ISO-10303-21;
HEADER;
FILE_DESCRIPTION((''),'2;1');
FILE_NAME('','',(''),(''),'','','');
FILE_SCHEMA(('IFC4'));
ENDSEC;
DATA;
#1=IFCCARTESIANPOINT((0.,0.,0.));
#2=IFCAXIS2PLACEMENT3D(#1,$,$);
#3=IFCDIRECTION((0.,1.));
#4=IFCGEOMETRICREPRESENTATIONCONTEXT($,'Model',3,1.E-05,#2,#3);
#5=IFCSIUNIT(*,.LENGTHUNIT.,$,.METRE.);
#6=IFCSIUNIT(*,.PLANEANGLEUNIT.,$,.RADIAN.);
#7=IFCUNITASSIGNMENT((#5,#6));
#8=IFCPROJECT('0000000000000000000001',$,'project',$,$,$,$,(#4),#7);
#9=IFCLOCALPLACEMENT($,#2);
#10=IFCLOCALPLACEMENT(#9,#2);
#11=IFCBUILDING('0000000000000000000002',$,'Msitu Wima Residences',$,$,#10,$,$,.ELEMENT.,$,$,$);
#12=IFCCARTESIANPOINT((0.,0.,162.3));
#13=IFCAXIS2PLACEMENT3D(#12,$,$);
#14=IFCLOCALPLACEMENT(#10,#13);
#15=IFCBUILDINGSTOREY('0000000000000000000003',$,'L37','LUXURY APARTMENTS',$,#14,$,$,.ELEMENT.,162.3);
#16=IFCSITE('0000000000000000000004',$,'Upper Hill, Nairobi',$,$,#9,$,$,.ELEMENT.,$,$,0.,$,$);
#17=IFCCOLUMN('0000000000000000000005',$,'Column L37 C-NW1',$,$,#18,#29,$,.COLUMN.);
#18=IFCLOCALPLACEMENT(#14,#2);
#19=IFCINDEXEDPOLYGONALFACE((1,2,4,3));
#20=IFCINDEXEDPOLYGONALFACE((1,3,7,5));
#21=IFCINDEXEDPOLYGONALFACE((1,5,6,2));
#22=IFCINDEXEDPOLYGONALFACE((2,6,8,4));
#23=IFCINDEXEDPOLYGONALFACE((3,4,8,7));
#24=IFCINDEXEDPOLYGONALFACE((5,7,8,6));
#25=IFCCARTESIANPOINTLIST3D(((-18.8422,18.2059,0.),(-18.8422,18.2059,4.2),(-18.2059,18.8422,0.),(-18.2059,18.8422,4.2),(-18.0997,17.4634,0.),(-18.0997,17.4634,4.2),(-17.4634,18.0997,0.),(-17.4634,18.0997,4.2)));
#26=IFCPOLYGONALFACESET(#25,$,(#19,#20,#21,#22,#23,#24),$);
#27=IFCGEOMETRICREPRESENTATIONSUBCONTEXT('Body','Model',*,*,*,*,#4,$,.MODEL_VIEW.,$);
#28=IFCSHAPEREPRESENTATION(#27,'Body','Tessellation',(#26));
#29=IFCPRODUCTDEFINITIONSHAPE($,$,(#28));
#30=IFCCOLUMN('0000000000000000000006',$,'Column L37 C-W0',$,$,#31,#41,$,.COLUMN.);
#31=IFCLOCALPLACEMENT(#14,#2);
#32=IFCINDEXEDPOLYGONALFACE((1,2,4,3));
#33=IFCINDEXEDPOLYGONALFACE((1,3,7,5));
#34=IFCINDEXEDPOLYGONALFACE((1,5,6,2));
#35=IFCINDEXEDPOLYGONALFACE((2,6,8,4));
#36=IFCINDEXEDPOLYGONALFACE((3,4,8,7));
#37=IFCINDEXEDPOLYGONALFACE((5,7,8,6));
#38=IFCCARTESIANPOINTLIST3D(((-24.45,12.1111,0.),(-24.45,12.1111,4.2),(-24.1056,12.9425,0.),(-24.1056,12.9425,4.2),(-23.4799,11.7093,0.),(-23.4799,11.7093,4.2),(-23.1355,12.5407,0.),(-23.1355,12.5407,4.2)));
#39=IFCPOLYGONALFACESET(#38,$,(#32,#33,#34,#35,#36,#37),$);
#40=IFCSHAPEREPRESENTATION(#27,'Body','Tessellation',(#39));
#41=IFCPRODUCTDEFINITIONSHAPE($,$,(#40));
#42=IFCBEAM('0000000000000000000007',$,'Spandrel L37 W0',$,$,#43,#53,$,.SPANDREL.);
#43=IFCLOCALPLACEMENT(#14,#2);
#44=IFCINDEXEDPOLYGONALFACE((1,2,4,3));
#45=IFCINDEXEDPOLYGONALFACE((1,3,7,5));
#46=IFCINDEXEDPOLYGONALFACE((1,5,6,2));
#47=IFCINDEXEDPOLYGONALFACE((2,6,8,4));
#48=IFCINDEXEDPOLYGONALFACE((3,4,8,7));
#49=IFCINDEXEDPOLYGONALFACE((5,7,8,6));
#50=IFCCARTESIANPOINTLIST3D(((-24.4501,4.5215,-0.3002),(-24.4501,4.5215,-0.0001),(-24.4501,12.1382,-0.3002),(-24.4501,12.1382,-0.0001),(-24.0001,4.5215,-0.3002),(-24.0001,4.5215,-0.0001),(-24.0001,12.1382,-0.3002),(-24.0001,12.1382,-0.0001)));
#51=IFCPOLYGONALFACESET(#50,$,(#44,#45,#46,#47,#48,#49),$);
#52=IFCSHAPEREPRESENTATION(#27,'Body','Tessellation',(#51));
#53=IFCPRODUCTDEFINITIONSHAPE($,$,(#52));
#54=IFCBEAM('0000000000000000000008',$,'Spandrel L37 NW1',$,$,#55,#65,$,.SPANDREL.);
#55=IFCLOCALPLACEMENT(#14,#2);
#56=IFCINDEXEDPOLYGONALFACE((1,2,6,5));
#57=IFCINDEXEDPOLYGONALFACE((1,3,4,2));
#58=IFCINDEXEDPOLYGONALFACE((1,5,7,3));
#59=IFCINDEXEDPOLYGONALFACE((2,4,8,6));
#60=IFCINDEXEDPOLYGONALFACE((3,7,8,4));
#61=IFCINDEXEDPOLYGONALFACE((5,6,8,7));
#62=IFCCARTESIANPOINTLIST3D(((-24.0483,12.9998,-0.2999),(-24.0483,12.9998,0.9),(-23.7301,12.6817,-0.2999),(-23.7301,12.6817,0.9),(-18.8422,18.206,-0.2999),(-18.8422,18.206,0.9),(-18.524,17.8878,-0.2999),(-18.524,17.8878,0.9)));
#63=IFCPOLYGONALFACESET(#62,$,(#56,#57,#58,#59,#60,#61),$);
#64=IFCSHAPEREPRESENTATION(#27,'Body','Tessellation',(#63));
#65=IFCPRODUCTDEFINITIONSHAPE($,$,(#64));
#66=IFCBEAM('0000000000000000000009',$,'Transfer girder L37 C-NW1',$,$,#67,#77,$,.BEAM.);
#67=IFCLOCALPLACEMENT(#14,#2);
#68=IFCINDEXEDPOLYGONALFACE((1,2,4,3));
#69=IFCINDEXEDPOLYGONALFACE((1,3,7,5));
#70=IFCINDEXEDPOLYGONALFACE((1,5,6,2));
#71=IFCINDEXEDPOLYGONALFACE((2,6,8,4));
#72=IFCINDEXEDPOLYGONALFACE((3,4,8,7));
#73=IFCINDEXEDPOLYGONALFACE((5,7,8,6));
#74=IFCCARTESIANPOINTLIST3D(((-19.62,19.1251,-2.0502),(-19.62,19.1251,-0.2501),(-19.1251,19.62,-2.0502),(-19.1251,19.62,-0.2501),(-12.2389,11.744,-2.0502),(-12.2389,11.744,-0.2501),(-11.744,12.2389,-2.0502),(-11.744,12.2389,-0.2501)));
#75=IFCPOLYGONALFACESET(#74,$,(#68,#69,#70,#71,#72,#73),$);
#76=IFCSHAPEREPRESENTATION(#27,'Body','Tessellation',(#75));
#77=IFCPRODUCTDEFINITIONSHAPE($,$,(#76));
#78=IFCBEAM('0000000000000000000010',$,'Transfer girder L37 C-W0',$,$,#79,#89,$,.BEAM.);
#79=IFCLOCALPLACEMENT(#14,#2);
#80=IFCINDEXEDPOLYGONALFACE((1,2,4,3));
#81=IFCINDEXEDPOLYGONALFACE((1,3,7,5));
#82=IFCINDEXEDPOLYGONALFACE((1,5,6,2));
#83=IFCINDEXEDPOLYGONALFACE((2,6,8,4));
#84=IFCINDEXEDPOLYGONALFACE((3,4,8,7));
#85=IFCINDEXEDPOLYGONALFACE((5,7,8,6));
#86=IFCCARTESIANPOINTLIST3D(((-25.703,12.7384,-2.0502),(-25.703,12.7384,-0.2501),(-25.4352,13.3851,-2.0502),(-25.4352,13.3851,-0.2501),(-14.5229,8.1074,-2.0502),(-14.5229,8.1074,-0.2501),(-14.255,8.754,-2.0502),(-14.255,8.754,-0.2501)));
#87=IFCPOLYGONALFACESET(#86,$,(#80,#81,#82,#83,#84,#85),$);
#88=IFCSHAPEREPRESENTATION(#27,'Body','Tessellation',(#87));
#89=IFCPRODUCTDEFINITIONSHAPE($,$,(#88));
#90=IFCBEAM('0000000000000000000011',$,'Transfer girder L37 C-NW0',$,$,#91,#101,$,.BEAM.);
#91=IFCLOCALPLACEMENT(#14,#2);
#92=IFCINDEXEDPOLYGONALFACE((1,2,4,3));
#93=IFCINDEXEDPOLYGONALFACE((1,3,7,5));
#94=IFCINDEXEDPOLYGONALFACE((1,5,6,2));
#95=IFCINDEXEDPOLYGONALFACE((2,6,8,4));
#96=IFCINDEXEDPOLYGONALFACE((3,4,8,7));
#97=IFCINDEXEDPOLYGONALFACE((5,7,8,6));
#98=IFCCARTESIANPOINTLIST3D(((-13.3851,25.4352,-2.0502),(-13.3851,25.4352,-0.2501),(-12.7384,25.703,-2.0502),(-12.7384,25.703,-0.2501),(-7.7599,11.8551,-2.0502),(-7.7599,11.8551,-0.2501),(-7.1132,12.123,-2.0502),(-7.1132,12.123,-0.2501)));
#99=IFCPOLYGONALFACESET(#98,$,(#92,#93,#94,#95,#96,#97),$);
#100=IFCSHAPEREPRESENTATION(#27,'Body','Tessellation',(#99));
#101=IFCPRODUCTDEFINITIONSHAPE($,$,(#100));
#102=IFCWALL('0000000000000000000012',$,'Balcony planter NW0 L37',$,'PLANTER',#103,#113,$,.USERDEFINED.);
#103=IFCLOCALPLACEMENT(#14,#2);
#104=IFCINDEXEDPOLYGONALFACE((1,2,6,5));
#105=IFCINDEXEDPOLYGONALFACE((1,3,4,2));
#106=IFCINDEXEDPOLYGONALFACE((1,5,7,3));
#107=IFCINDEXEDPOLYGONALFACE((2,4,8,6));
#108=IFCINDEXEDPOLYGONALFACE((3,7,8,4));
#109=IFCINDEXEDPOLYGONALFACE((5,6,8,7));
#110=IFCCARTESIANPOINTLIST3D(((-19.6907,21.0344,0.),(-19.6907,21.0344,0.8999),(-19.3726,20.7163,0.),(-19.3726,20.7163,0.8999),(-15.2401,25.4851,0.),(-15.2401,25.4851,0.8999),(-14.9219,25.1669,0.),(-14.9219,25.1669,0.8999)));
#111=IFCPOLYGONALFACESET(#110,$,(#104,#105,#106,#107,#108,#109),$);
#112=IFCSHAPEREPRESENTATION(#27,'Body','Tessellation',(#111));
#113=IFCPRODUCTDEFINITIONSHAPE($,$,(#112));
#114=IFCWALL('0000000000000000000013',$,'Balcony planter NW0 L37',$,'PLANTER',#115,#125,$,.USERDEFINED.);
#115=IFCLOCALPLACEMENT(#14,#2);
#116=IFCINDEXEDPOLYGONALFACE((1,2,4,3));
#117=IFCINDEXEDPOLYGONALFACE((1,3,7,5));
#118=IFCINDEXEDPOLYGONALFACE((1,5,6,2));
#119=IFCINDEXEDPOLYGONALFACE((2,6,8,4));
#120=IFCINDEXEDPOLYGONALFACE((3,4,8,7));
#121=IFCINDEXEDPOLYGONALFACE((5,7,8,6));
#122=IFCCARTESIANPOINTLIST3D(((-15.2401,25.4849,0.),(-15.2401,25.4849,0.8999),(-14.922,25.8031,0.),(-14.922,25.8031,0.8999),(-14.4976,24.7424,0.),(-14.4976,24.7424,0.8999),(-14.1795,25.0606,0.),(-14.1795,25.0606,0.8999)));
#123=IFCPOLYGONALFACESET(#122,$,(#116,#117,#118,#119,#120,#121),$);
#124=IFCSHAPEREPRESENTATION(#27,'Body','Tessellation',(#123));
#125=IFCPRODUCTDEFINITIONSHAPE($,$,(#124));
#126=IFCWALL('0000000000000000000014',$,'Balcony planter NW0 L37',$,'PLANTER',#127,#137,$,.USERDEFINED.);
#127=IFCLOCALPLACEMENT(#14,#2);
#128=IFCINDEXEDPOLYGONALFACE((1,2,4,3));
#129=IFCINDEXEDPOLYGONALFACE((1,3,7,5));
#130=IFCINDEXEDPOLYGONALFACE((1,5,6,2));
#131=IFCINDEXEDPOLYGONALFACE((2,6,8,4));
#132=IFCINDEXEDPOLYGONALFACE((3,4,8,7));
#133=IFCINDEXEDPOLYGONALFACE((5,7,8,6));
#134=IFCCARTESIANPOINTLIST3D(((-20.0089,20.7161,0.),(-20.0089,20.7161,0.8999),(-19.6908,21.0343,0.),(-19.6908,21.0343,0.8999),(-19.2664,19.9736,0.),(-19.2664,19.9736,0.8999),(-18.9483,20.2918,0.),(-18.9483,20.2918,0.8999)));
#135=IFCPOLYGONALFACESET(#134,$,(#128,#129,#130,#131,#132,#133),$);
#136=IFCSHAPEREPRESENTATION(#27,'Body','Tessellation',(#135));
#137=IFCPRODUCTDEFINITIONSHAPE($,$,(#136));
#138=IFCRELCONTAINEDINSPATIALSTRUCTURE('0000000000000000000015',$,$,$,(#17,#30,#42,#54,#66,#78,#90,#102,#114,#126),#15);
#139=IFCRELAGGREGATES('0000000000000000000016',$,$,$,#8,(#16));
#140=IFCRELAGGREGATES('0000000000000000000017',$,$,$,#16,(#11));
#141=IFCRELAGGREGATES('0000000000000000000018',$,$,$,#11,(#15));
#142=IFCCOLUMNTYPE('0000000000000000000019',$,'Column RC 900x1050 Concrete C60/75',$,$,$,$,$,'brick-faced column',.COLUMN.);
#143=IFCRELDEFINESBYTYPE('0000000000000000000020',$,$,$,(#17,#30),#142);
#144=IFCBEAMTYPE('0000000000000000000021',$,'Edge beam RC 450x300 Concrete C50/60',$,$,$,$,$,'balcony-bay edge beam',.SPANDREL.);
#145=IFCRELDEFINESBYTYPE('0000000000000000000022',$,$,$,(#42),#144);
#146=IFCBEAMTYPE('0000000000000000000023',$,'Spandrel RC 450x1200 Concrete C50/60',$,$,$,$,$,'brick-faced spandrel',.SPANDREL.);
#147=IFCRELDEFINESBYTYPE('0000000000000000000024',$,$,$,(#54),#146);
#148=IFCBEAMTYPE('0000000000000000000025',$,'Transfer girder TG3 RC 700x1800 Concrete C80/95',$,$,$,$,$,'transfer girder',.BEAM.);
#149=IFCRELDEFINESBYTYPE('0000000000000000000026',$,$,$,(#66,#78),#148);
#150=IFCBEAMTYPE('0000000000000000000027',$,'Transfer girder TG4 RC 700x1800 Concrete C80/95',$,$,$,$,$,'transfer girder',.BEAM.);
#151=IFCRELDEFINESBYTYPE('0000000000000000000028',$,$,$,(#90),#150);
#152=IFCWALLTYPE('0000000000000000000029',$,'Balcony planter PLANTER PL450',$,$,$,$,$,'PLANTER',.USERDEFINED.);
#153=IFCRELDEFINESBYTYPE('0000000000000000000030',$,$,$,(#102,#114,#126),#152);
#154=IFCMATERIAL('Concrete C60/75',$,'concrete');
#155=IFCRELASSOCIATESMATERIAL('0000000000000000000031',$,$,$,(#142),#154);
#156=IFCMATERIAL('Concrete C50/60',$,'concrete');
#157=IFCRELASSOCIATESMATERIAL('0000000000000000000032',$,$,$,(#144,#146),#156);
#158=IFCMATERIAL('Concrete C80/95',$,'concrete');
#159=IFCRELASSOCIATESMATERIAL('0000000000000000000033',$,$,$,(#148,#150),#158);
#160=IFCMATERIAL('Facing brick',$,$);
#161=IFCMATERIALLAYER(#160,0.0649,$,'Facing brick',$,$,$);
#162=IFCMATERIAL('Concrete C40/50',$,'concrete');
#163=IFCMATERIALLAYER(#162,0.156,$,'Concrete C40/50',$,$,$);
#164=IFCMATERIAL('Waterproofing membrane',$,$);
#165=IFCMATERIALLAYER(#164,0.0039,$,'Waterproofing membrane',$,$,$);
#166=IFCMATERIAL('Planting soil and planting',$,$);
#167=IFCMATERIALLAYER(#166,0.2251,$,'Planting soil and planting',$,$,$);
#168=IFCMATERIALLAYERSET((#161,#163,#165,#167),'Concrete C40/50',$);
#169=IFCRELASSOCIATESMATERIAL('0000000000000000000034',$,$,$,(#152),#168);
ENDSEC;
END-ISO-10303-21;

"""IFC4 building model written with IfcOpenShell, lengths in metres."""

from ifc_helpers import new_model, si_unit, direction, frame, frame_2d, origin, origin_2d, place, context, subcontext, project, spatial, rectangle, extrude, material, layer, layer_set, material_profile, profile_set, type_object, element, save


model = new_model("IFC4")

# Units and contexts
model_context = context("Model", 3, precision=1e-05, world=origin(), true_north=direction((0.0, 1.0)))
body_context = subcontext(model_context, "Body", "Model", "MODEL_VIEW")
ifc_project = project(units=[si_unit("LENGTHUNIT", "METRE"), si_unit("PLANEANGLEUNIT", "RADIAN")], contexts=[model_context])

# Site, building, storey
site_placement = place(None, origin())
site = spatial("IfcSite", under=ifc_project, at=site_placement, Name="Upper Hill, Nairobi", CompositionType="ELEMENT", RefElevation=0.0)
building_placement = place(site_placement, origin())
building = spatial("IfcBuilding", under=site, at=building_placement, Name="Msitu Wima Residences", CompositionType="ELEMENT")
storey_placement = place(building_placement, frame((0.0, 0.0, 162.3)))
storey = spatial("IfcBuildingStorey", under=building, at=storey_placement, Name="L37", Description="LUXURY APARTMENTS", CompositionType="ELEMENT", Elevation=162.3)

# Columns
ifc_material_1 = material(Name="Concrete C60/75", Category="concrete")
ifc_material_profile_1 = material_profile(ifc_material_1, rectangle(XDim=0.8999, YDim=1.05, at=origin_2d()), Name="RC 900x1050")
ifc_profile_set_1 = profile_set([ifc_material_profile_1], Name="Concrete C60/75")
column_type = type_object("IfcColumnType", Name="Column RC 900x1050 Concrete C60/75", ElementType="brick-faced column", PredefinedType="COLUMN", material=ifc_profile_set_1)
for number, where, z_axis, x_axis, name in (
    (1, (-18.1528, 18.1528, 0.0), (0.0, 0.0, 1.0), (-0.707107, -0.707107, 0.0), "Column L37 C-NW1"),
    (2, (-23.7927, 12.3259, 0.0), (0.0, 0.0, 1.0), (-0.382683, -0.92388, 0.0), "Column L37 C-W0"),
):
    element("IfcColumn", number, at=place(storey_placement, frame(where, z_axis=z_axis, x_axis=x_axis)), inside=storey, type_object=column_type, Name=name, PredefinedType="COLUMN", context=body_context, shape_type="SweptSolid", body=[
        extrude(rectangle(XDim=0.8999, YDim=1.05, at=origin_2d()), origin(), (0.0, 0.0, 1.0), 4.2),
    ])

# Beams
ifc_material_2 = material(Name="Concrete C50/60", Category="concrete")
ifc_material_profile_2 = material_profile(ifc_material_2, rectangle(XDim=0.45, YDim=0.3, at=origin_2d()), Name="RC 450x300")
ifc_profile_set_2 = profile_set([ifc_material_profile_2], Name="Concrete C50/60")
beam_type_1 = type_object("IfcBeamType", Name="Edge beam RC 450x300 Concrete C50/60", ElementType="balcony-bay edge beam", PredefinedType="SPANDREL", material=ifc_profile_set_2)
beam_1_placement = place(storey_placement, frame((-24.2251, 12.1382, -0.1501), z_axis=(0.0, -1.0, 0.0), x_axis=(1.0, 0.0, 0.0)))
element("IfcBeam", 3, at=beam_1_placement, inside=storey, type_object=beam_type_1, Name="Spandrel L37 W0", PredefinedType="SPANDREL", context=body_context, shape_type="SweptSolid", body=[
    extrude(rectangle(XDim=0.45, YDim=0.3, at=origin_2d()), origin(), (0.0, 0.0, 1.0), 7.6167),
])
ifc_material_profile_3 = material_profile(ifc_material_2, rectangle(XDim=0.45, YDim=1.2, at=origin_2d()), Name="RC 450x1200")
ifc_profile_set_3 = profile_set([ifc_material_profile_3], Name="Concrete C50/60")
beam_type_2 = type_object("IfcBeamType", Name="Spandrel RC 450x1200 Concrete C50/60", ElementType="brick-faced spandrel", PredefinedType="SPANDREL", material=ifc_profile_set_3)
beam_2_placement = place(storey_placement, frame((-18.6831, 18.0469, 0.3), z_axis=(-0.707107, -0.707107, 0.0), x_axis=(0.707107, -0.707107, 0.0)))
element("IfcBeam", 4, at=beam_2_placement, inside=storey, type_object=beam_type_2, Name="Spandrel L37 NW1", PredefinedType="SPANDREL", context=body_context, shape_type="SweptSolid", body=[
    extrude(rectangle(XDim=0.45, YDim=1.2, at=origin_2d()), origin(), (0.0, 0.0, 1.0), 7.3625),
])
ifc_material_3 = material(Name="Concrete C80/95", Category="concrete")
ifc_material_profile_4 = material_profile(ifc_material_3, rectangle(XDim=0.7, YDim=1.8, at=origin_2d()), Name="RC 700x1800")
ifc_profile_set_4 = profile_set([ifc_material_profile_4], Name="Concrete C80/95")
beam_type_3 = type_object("IfcBeamType", Name="Transfer girder TG3 RC 700x1800 Concrete C80/95", ElementType="transfer girder", PredefinedType="BEAM", material=ifc_profile_set_4)
beam_3_placement = place(storey_placement, frame((-19.3726, 19.3726, -1.1501), z_axis=(0.707107, -0.707107, 0.0), x_axis=(0.707107, 0.707107, 0.0)))
element("IfcBeam", 5, at=beam_3_placement, inside=storey, type_object=beam_type_3, Name="Transfer girder L37 C-NW1", PredefinedType="BEAM", context=body_context, shape_type="SweptSolid", body=[
    extrude(rectangle(XDim=0.7, YDim=1.8, at=origin_2d()), origin(), (0.0, 0.0, 1.0), 10.4385),
])
beam_4_placement = place(storey_placement, frame((-25.5691, 13.0618, -1.1501), z_axis=(0.923876, -0.382692, 0.0), x_axis=(0.382692, 0.923876, 0.0)))
element("IfcBeam", 6, at=beam_4_placement, inside=storey, type_object=beam_type_3, Name="Transfer girder L37 C-W0", PredefinedType="BEAM", context=body_context, shape_type="SweptSolid", body=[
    extrude(rectangle(XDim=0.7, YDim=1.8, at=origin_2d()), origin(), (0.0, 0.0, 1.0), 12.1013),
])
ifc_material_profile_5 = material_profile(ifc_material_3, rectangle(XDim=0.7, YDim=1.8, at=origin_2d()), Name="RC 700x1800")
ifc_profile_set_5 = profile_set([ifc_material_profile_5], Name="Concrete C80/95")
beam_type_4 = type_object("IfcBeamType", Name="Transfer girder TG4 RC 700x1800 Concrete C80/95", ElementType="transfer girder", PredefinedType="BEAM", material=ifc_profile_set_5)
beam_5_placement = place(storey_placement, frame((-13.0618, 25.5691, -1.1501), z_axis=(0.382695, -0.923875, 0.0), x_axis=(0.923875, 0.382695, 0.0)))
element("IfcBeam", 7, at=beam_5_placement, inside=storey, type_object=beam_type_4, Name="Transfer girder L37 C-NW0", PredefinedType="BEAM", context=body_context, shape_type="SweptSolid", body=[
    extrude(rectangle(XDim=0.7, YDim=1.8, at=origin_2d()), origin(), (0.0, 0.0, 1.0), 14.699),
])

# Walls
ifc_material_4 = material(Name="Facing brick")
ifc_layer_1 = layer(ifc_material_4, 0.0649, Name="Facing brick")
ifc_material_5 = material(Name="Concrete C40/50", Category="concrete")
ifc_layer_2 = layer(ifc_material_5, 0.156, Name="Concrete C40/50")
ifc_material_6 = material(Name="Waterproofing membrane")
ifc_layer_3 = layer(ifc_material_6, 0.0039, Name="Waterproofing membrane")
ifc_material_7 = material(Name="Planting soil and planting")
ifc_layer_4 = layer(ifc_material_7, 0.2251, Name="Planting soil and planting")
ifc_layer_set_1 = layer_set([ifc_layer_1, ifc_layer_2, ifc_layer_3, ifc_layer_4], Name="Concrete C40/50")
wall_type_1 = type_object("IfcWallType", Name="Balcony planter PLANTER PL450", ElementType="PLANTER", PredefinedType="USERDEFINED", material=ifc_layer_set_1)
wall_1_placement = place(storey_placement, frame((-15.0811, 25.3259, 0.0), z_axis=(0.0, 0.0, 1.0), x_axis=(-0.707107, -0.707107, 0.0)))
element("IfcWall", 8, at=wall_1_placement, inside=storey, type_object=wall_type_1, Name="Balcony planter NW0 L37", ObjectType="PLANTER", PredefinedType="USERDEFINED", context=body_context, shape_type="SweptSolid", body=[
    extrude(rectangle(XDim=6.2942, YDim=0.45, at=frame_2d((3.147, 0.0))), origin(), (0.0, 0.0, 1.0), 0.8999),
])
for number, where, z_axis, x_axis, name in (
    (9, (-14.3386, 24.9016, 0.0), (0.0, 0.0, 1.0), (-0.707107, 0.707107, 0.0), "Balcony planter NW0 L37"),
    (10, (-19.1074, 20.1328, 0.0), (0.0, 0.0, 1.0), (-0.707107, 0.707107, 0.0), "Balcony planter NW0 L37"),
):
    element("IfcWall", number, at=place(storey_placement, frame(where, z_axis=z_axis, x_axis=x_axis)), inside=storey, type_object=wall_type_1, Name=name, ObjectType="PLANTER", PredefinedType="USERDEFINED", context=body_context, shape_type="SweptSolid", body=[
        extrude(rectangle(XDim=1.05, YDim=0.45, at=frame_2d((0.5249, 0.0))), origin(), (0.0, 0.0, 1.0), 0.8999),
    ])

save(model, "model.ifc")
